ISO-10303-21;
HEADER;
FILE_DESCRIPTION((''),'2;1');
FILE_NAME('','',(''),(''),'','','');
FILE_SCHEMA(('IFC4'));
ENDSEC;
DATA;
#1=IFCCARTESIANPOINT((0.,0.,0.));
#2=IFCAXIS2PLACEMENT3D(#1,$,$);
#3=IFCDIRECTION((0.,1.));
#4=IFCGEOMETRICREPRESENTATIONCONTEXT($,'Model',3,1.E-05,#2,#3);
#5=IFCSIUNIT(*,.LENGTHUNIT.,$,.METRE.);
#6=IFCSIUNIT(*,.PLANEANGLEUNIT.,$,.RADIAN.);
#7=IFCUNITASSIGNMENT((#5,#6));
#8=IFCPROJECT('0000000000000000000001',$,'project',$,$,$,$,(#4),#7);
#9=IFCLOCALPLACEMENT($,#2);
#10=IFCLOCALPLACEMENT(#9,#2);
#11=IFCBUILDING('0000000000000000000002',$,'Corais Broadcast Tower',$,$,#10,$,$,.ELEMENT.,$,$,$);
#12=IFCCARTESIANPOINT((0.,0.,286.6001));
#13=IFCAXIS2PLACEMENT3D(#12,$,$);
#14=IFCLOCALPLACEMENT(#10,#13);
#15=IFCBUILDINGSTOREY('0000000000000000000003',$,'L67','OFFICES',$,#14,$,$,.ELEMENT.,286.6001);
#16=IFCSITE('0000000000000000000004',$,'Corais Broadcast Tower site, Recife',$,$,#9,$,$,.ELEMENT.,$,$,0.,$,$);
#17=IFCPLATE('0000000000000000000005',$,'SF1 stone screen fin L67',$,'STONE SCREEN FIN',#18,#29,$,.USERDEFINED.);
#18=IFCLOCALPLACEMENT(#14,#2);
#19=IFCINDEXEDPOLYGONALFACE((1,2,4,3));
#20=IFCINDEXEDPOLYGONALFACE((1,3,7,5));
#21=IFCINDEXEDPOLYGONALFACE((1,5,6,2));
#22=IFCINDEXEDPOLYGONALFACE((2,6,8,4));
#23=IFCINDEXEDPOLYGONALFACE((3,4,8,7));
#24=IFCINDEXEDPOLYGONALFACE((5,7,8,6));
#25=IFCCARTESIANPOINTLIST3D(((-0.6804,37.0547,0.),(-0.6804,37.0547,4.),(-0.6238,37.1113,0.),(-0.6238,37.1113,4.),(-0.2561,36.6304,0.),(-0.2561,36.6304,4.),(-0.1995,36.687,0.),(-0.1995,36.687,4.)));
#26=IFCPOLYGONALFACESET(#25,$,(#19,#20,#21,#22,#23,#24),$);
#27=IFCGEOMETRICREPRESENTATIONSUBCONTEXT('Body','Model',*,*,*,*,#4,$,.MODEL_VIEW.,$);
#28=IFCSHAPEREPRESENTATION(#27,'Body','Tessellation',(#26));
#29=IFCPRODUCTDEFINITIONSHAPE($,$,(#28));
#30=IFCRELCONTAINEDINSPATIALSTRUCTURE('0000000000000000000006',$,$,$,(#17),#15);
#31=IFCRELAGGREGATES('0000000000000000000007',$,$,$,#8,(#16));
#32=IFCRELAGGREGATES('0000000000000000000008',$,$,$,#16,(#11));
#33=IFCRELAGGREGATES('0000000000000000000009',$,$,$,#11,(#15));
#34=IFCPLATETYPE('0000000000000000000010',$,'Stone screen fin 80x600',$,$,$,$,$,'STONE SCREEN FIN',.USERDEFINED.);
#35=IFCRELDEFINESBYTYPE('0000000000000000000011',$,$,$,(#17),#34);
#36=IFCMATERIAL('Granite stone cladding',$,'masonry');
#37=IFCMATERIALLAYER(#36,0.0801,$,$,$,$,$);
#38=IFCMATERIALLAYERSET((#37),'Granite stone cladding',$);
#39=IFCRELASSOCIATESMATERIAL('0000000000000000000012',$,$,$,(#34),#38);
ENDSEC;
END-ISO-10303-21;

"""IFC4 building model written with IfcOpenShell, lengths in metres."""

from ifc_helpers import new_model, si_unit, direction, frame, origin, origin_2d, place, context, subcontext, project, spatial, rectangle, extrude, material, layer, layer_set, type_object, element, save


model = new_model("IFC4")

# Units and contexts
model_context = context("Model", 3, precision=1e-05, world=origin(), true_north=direction((0.0, 1.0)))
body_context = subcontext(model_context, "Body", "Model", "MODEL_VIEW")
ifc_project = project(units=[si_unit("LENGTHUNIT", "METRE"), si_unit("PLANEANGLEUNIT", "RADIAN")], contexts=[model_context])

# Site, building, storey
site_placement = place(None, origin())
site = spatial("IfcSite", under=ifc_project, at=site_placement, Name="Corais Broadcast Tower site, Recife", CompositionType="ELEMENT", RefElevation=0.0)
building_placement = place(site_placement, origin())
building = spatial("IfcBuilding", under=site, at=building_placement, Name="Corais Broadcast Tower", CompositionType="ELEMENT")
storey_placement = place(building_placement, frame((0.0, 0.0, 286.6001)))
storey = spatial("IfcBuildingStorey", under=building, at=storey_placement, Name="L67", Description="OFFICES", CompositionType="ELEMENT", Elevation=286.6001)

# Plate
ifc_material_1 = material(Name="Granite stone cladding", Category="masonry")
ifc_layer_1 = layer(ifc_material_1, 0.0801)
ifc_layer_set_1 = layer_set([ifc_layer_1], Name="Granite stone cladding")
plate_type_1 = type_object("IfcPlateType", Name="Stone screen fin 80x600", ElementType="STONE SCREEN FIN", PredefinedType="USERDEFINED", material=ifc_layer_set_1)
plate_1_placement = place(storey_placement, frame((-0.4399, 36.8708, 0.0), z_axis=(0.0, 0.0, 1.0), x_axis=(0.707107, 0.707107, 0.0)))
element("IfcPlate", 1, at=plate_1_placement, inside=storey, type_object=plate_type_1, Name="SF1 stone screen fin L67", ObjectType="STONE SCREEN FIN", PredefinedType="USERDEFINED", context=body_context, shape_type="SweptSolid", body=[
    extrude(rectangle(XDim=0.0801, YDim=0.6001, at=origin_2d()), origin(), (0.0, 0.0, 1.0), 4.0),
])

save(model, "model.ifc")
